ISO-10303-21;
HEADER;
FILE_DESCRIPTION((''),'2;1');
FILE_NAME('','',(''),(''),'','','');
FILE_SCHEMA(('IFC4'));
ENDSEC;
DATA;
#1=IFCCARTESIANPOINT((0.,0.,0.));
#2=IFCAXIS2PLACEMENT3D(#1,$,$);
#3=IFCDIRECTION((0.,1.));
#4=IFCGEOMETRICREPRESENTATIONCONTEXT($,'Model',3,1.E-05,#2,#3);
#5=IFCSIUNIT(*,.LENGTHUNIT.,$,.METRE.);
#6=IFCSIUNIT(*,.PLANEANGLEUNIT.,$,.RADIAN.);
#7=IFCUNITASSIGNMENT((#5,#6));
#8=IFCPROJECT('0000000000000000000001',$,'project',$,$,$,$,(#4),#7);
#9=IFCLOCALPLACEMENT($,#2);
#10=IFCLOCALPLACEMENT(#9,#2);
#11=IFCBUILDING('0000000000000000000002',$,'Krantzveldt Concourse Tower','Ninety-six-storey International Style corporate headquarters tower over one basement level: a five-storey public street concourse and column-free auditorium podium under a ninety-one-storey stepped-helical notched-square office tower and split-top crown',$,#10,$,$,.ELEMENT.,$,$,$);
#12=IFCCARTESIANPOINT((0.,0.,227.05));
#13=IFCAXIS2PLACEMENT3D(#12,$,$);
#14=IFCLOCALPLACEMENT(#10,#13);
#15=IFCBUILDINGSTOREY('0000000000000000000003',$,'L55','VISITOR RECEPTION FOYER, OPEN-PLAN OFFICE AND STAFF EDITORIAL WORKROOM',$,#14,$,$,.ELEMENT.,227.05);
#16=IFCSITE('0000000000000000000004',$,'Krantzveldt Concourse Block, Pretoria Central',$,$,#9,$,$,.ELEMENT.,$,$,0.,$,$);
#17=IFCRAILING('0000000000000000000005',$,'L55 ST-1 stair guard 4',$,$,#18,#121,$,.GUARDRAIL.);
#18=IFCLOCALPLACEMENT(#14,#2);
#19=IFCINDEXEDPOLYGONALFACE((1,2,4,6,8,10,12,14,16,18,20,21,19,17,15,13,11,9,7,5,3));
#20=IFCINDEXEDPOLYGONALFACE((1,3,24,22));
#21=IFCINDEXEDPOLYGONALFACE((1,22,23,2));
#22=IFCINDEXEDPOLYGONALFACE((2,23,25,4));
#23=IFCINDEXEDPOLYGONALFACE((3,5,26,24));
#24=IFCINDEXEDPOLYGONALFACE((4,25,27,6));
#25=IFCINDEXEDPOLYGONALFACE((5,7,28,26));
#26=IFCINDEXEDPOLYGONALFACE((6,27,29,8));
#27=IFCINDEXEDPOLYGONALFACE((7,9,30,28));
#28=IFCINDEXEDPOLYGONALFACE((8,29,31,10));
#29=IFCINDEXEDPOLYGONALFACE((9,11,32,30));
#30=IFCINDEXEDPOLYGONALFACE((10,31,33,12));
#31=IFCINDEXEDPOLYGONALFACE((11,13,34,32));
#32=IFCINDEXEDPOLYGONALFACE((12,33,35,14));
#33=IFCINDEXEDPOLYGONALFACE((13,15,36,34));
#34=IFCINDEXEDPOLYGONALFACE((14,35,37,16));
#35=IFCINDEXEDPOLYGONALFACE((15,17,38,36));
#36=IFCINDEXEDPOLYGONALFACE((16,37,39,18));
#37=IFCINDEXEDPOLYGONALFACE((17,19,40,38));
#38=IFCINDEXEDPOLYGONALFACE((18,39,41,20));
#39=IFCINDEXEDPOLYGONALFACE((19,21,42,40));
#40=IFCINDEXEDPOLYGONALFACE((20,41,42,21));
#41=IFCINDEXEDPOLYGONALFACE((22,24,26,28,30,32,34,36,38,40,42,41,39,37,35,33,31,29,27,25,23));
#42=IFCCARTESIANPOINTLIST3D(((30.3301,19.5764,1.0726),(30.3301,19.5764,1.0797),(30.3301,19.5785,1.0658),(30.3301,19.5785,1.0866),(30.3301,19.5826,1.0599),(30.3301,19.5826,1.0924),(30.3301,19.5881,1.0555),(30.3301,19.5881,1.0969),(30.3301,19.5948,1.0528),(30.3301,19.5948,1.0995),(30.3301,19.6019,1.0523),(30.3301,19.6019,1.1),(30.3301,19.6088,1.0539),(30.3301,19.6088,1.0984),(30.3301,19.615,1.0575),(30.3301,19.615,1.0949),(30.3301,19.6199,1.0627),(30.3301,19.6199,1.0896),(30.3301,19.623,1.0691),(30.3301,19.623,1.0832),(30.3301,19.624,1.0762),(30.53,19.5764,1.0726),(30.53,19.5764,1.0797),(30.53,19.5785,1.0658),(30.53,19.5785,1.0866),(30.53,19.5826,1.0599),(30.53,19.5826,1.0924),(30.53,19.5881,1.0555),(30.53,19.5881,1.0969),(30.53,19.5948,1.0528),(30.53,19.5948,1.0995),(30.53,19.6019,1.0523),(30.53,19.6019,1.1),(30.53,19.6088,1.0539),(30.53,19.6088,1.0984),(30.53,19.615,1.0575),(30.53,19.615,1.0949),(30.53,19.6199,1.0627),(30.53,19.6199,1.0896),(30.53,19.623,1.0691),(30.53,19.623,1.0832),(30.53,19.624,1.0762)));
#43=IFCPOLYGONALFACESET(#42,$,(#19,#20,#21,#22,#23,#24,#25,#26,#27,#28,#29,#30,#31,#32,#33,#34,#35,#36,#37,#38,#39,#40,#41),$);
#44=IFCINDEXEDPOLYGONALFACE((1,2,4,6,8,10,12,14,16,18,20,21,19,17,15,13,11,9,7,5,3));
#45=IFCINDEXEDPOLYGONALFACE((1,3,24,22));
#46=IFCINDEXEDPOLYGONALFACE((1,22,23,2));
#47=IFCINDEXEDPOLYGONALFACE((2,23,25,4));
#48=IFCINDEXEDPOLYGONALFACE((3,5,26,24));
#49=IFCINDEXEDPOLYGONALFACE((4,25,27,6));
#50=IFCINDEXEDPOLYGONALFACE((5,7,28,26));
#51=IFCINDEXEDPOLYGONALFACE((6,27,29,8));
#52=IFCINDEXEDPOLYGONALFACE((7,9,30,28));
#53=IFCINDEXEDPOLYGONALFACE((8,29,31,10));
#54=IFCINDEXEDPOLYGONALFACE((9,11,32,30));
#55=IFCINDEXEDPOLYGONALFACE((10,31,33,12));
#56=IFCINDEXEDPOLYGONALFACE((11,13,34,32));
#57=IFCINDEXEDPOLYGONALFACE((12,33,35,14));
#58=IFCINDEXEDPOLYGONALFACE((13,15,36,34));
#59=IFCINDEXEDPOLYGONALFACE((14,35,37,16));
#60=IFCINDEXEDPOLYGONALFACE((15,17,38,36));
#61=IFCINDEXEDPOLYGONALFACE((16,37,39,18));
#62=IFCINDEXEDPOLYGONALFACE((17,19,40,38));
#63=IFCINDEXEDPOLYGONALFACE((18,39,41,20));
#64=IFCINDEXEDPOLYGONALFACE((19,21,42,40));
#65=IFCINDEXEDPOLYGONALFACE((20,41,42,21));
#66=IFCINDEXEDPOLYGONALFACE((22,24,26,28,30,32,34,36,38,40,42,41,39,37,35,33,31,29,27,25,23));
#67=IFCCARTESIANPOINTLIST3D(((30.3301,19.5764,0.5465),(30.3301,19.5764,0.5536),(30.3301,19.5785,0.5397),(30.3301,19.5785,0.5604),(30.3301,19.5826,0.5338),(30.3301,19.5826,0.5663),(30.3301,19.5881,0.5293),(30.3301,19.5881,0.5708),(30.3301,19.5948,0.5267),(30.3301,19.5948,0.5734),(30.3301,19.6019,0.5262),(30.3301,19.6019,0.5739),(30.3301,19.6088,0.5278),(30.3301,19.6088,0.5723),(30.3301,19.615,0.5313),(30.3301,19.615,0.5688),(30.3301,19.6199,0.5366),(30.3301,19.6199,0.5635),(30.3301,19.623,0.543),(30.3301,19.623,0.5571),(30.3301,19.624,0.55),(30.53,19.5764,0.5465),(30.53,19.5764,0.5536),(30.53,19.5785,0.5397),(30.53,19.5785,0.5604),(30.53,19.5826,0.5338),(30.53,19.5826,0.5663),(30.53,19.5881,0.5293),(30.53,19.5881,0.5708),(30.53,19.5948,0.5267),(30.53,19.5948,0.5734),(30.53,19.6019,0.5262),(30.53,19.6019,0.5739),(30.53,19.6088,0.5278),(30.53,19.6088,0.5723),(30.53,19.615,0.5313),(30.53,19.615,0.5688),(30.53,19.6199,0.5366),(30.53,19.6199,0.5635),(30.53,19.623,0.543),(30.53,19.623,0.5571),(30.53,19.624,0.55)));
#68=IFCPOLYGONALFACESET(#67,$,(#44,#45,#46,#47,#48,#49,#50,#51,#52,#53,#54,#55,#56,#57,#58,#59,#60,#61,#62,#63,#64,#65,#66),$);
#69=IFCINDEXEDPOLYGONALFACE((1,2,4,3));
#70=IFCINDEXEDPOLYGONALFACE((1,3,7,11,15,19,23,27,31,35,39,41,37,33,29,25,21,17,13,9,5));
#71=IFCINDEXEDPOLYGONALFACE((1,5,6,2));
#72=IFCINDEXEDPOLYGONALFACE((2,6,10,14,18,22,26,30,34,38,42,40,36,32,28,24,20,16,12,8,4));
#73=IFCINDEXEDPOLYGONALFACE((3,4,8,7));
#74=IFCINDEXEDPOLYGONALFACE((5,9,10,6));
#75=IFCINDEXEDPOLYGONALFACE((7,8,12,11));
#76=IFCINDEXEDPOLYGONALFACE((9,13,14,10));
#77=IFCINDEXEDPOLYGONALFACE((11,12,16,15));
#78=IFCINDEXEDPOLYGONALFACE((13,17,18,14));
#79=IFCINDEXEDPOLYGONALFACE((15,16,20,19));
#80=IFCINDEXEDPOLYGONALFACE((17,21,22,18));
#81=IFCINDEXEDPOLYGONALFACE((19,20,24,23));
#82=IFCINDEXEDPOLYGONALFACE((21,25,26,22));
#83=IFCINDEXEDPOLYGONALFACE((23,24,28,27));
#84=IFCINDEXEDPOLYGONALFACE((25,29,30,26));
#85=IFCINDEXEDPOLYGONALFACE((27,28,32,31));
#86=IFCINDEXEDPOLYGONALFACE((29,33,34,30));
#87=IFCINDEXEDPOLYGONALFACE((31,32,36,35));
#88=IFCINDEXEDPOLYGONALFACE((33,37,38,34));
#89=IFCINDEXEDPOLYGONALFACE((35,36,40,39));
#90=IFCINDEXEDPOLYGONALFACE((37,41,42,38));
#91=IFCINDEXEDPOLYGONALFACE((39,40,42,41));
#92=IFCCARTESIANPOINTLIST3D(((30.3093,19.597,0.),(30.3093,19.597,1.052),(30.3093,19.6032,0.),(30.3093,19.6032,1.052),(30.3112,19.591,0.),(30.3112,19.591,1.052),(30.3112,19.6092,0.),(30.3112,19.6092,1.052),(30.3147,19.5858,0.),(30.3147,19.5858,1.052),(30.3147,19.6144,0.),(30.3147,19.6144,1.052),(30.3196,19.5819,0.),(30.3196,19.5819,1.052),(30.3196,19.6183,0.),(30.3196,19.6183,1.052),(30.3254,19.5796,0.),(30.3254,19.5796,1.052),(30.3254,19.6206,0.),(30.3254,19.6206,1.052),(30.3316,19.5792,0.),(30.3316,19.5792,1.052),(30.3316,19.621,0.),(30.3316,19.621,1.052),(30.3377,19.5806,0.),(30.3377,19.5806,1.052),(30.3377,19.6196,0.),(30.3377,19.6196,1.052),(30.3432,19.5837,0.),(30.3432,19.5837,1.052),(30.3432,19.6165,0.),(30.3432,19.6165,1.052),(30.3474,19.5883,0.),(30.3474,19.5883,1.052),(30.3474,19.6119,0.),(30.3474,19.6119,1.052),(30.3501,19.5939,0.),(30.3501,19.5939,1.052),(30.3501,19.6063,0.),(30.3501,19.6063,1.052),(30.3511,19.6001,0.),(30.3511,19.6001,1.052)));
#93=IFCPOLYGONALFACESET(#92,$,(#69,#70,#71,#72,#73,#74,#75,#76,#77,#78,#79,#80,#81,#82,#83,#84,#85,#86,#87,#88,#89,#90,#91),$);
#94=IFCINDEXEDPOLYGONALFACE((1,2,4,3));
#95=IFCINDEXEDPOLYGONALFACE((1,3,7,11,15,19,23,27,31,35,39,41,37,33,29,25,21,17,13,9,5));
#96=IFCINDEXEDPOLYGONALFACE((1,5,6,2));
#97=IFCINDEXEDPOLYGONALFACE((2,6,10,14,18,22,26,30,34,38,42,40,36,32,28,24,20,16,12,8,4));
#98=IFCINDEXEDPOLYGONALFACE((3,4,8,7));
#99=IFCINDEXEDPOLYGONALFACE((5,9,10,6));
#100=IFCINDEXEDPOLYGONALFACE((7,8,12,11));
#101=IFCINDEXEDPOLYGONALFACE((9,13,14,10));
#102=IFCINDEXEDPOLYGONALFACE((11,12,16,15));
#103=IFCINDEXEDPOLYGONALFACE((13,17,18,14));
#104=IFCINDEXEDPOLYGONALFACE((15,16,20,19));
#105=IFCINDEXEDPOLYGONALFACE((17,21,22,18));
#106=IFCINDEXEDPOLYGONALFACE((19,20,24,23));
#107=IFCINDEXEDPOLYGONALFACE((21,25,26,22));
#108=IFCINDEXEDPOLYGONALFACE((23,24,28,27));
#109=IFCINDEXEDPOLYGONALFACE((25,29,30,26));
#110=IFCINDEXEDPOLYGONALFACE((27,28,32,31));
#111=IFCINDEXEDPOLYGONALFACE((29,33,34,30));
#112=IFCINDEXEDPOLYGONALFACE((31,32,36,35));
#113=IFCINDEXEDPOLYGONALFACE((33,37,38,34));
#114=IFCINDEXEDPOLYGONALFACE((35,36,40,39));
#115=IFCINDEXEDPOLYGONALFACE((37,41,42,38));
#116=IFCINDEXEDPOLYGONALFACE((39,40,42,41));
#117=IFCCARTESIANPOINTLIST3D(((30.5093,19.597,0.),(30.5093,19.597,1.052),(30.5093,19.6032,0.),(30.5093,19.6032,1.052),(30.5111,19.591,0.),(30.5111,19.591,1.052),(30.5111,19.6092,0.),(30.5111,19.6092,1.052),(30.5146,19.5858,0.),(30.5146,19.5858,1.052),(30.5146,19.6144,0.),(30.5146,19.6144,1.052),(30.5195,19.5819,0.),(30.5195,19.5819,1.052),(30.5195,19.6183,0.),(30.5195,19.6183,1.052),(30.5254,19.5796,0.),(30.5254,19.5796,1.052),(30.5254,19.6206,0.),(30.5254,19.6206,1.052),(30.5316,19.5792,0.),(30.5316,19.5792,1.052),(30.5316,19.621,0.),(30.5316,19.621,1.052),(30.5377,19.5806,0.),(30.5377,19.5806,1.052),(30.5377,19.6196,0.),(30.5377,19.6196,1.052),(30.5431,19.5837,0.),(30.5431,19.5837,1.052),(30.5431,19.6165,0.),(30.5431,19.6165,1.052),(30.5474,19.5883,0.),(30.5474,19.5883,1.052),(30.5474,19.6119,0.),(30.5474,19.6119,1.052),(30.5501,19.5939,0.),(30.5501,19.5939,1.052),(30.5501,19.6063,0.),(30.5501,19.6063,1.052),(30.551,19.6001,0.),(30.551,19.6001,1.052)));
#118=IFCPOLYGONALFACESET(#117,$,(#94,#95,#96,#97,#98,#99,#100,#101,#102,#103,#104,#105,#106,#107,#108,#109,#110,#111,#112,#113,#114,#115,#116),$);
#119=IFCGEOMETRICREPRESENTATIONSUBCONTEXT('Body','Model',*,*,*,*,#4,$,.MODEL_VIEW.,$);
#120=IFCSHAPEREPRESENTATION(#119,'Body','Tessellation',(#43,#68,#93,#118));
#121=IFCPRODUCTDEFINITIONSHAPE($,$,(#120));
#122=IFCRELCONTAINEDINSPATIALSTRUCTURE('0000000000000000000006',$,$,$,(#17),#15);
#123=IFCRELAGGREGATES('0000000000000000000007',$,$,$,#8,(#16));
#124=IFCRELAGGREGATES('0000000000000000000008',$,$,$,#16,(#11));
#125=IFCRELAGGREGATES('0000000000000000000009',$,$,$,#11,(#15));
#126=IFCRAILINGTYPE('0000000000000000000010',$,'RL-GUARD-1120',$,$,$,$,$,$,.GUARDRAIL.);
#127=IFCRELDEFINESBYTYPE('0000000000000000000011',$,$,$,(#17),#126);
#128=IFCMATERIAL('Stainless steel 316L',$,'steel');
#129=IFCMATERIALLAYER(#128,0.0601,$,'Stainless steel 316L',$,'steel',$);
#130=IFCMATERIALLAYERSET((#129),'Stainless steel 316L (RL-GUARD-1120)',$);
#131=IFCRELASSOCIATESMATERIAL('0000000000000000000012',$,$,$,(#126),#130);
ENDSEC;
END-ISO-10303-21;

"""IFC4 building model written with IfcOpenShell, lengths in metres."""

from ifc_helpers import new_model, si_unit, direction, frame, origin, origin_2d, place, context, subcontext, project, spatial, circle, extrude, material, layer, layer_set, type_object, element, save


model = new_model("IFC4")

# Units and contexts
model_context = context("Model", 3, precision=1e-05, world=origin(), true_north=direction((0.0, 1.0)))
body_context = subcontext(model_context, "Body", "Model", "MODEL_VIEW")
ifc_project = project(units=[si_unit("LENGTHUNIT", "METRE"), si_unit("PLANEANGLEUNIT", "RADIAN")], contexts=[model_context])

# Site, building, storey
site_placement = place(None, origin())
site = spatial("IfcSite", under=ifc_project, at=site_placement, Name="Krantzveldt Concourse Block, Pretoria Central", CompositionType="ELEMENT", RefElevation=0.0)
building_placement = place(site_placement, origin())
building = spatial("IfcBuilding", under=site, at=building_placement, Name="Krantzveldt Concourse Tower", Description="Ninety-six-storey International Style corporate headquarters tower over one basement level: a five-storey public street concourse and column-free auditorium podium under a ninety-one-storey stepped-helical notched-square office tower and split-top crown", CompositionType="ELEMENT")
storey_placement = place(building_placement, frame((0.0, 0.0, 227.05)))
storey = spatial("IfcBuildingStorey", under=building, at=storey_placement, Name="L55", Description="VISITOR RECEPTION FOYER, OPEN-PLAN OFFICE AND STAFF EDITORIAL WORKROOM", CompositionType="ELEMENT", Elevation=227.05)

# Railing
ifc_material_1 = material(Name="Stainless steel 316L", Category="steel")
ifc_layer_1 = layer(ifc_material_1, 0.0601, Name="Stainless steel 316L", Category="steel")
ifc_layer_set_1 = layer_set([ifc_layer_1], Name="Stainless steel 316L (RL-GUARD-1120)")
railing_type_1 = type_object("IfcRailingType", Name="RL-GUARD-1120", PredefinedType="GUARDRAIL", material=ifc_layer_set_1)
railing_1_placement = place(storey_placement, frame((30.3301, 19.6001, 0.0)))
element("IfcRailing", 1, at=railing_1_placement, inside=storey, type_object=railing_type_1, Name="L55 ST-1 stair guard 4", PredefinedType="GUARDRAIL", context=body_context, shape_type="SweptSolid", body=[
    extrude(circle(Radius=0.0239, at=origin_2d()), frame((0.0, 0.0, 1.0762), z_axis=(1.0, 0.0, 0.0), x_axis=(0.0, 1.0, 0.0)), (0.0, 0.0, 1.0), 0.2),
    extrude(circle(Radius=0.0239, at=origin_2d()), frame((0.0, 0.0, 0.55), z_axis=(1.0, 0.0, 0.0), x_axis=(0.0, 1.0, 0.0)), (0.0, 0.0, 1.0), 0.2),
    extrude(circle(Radius=0.021, at=origin_2d()), origin(), (0.0, 0.0, 1.0), 1.052),
    extrude(circle(Radius=0.021, at=origin_2d()), frame((0.2, 0.0, 0.0)), (0.0, 0.0, 1.0), 1.052),
])

save(model, "model.ifc")
